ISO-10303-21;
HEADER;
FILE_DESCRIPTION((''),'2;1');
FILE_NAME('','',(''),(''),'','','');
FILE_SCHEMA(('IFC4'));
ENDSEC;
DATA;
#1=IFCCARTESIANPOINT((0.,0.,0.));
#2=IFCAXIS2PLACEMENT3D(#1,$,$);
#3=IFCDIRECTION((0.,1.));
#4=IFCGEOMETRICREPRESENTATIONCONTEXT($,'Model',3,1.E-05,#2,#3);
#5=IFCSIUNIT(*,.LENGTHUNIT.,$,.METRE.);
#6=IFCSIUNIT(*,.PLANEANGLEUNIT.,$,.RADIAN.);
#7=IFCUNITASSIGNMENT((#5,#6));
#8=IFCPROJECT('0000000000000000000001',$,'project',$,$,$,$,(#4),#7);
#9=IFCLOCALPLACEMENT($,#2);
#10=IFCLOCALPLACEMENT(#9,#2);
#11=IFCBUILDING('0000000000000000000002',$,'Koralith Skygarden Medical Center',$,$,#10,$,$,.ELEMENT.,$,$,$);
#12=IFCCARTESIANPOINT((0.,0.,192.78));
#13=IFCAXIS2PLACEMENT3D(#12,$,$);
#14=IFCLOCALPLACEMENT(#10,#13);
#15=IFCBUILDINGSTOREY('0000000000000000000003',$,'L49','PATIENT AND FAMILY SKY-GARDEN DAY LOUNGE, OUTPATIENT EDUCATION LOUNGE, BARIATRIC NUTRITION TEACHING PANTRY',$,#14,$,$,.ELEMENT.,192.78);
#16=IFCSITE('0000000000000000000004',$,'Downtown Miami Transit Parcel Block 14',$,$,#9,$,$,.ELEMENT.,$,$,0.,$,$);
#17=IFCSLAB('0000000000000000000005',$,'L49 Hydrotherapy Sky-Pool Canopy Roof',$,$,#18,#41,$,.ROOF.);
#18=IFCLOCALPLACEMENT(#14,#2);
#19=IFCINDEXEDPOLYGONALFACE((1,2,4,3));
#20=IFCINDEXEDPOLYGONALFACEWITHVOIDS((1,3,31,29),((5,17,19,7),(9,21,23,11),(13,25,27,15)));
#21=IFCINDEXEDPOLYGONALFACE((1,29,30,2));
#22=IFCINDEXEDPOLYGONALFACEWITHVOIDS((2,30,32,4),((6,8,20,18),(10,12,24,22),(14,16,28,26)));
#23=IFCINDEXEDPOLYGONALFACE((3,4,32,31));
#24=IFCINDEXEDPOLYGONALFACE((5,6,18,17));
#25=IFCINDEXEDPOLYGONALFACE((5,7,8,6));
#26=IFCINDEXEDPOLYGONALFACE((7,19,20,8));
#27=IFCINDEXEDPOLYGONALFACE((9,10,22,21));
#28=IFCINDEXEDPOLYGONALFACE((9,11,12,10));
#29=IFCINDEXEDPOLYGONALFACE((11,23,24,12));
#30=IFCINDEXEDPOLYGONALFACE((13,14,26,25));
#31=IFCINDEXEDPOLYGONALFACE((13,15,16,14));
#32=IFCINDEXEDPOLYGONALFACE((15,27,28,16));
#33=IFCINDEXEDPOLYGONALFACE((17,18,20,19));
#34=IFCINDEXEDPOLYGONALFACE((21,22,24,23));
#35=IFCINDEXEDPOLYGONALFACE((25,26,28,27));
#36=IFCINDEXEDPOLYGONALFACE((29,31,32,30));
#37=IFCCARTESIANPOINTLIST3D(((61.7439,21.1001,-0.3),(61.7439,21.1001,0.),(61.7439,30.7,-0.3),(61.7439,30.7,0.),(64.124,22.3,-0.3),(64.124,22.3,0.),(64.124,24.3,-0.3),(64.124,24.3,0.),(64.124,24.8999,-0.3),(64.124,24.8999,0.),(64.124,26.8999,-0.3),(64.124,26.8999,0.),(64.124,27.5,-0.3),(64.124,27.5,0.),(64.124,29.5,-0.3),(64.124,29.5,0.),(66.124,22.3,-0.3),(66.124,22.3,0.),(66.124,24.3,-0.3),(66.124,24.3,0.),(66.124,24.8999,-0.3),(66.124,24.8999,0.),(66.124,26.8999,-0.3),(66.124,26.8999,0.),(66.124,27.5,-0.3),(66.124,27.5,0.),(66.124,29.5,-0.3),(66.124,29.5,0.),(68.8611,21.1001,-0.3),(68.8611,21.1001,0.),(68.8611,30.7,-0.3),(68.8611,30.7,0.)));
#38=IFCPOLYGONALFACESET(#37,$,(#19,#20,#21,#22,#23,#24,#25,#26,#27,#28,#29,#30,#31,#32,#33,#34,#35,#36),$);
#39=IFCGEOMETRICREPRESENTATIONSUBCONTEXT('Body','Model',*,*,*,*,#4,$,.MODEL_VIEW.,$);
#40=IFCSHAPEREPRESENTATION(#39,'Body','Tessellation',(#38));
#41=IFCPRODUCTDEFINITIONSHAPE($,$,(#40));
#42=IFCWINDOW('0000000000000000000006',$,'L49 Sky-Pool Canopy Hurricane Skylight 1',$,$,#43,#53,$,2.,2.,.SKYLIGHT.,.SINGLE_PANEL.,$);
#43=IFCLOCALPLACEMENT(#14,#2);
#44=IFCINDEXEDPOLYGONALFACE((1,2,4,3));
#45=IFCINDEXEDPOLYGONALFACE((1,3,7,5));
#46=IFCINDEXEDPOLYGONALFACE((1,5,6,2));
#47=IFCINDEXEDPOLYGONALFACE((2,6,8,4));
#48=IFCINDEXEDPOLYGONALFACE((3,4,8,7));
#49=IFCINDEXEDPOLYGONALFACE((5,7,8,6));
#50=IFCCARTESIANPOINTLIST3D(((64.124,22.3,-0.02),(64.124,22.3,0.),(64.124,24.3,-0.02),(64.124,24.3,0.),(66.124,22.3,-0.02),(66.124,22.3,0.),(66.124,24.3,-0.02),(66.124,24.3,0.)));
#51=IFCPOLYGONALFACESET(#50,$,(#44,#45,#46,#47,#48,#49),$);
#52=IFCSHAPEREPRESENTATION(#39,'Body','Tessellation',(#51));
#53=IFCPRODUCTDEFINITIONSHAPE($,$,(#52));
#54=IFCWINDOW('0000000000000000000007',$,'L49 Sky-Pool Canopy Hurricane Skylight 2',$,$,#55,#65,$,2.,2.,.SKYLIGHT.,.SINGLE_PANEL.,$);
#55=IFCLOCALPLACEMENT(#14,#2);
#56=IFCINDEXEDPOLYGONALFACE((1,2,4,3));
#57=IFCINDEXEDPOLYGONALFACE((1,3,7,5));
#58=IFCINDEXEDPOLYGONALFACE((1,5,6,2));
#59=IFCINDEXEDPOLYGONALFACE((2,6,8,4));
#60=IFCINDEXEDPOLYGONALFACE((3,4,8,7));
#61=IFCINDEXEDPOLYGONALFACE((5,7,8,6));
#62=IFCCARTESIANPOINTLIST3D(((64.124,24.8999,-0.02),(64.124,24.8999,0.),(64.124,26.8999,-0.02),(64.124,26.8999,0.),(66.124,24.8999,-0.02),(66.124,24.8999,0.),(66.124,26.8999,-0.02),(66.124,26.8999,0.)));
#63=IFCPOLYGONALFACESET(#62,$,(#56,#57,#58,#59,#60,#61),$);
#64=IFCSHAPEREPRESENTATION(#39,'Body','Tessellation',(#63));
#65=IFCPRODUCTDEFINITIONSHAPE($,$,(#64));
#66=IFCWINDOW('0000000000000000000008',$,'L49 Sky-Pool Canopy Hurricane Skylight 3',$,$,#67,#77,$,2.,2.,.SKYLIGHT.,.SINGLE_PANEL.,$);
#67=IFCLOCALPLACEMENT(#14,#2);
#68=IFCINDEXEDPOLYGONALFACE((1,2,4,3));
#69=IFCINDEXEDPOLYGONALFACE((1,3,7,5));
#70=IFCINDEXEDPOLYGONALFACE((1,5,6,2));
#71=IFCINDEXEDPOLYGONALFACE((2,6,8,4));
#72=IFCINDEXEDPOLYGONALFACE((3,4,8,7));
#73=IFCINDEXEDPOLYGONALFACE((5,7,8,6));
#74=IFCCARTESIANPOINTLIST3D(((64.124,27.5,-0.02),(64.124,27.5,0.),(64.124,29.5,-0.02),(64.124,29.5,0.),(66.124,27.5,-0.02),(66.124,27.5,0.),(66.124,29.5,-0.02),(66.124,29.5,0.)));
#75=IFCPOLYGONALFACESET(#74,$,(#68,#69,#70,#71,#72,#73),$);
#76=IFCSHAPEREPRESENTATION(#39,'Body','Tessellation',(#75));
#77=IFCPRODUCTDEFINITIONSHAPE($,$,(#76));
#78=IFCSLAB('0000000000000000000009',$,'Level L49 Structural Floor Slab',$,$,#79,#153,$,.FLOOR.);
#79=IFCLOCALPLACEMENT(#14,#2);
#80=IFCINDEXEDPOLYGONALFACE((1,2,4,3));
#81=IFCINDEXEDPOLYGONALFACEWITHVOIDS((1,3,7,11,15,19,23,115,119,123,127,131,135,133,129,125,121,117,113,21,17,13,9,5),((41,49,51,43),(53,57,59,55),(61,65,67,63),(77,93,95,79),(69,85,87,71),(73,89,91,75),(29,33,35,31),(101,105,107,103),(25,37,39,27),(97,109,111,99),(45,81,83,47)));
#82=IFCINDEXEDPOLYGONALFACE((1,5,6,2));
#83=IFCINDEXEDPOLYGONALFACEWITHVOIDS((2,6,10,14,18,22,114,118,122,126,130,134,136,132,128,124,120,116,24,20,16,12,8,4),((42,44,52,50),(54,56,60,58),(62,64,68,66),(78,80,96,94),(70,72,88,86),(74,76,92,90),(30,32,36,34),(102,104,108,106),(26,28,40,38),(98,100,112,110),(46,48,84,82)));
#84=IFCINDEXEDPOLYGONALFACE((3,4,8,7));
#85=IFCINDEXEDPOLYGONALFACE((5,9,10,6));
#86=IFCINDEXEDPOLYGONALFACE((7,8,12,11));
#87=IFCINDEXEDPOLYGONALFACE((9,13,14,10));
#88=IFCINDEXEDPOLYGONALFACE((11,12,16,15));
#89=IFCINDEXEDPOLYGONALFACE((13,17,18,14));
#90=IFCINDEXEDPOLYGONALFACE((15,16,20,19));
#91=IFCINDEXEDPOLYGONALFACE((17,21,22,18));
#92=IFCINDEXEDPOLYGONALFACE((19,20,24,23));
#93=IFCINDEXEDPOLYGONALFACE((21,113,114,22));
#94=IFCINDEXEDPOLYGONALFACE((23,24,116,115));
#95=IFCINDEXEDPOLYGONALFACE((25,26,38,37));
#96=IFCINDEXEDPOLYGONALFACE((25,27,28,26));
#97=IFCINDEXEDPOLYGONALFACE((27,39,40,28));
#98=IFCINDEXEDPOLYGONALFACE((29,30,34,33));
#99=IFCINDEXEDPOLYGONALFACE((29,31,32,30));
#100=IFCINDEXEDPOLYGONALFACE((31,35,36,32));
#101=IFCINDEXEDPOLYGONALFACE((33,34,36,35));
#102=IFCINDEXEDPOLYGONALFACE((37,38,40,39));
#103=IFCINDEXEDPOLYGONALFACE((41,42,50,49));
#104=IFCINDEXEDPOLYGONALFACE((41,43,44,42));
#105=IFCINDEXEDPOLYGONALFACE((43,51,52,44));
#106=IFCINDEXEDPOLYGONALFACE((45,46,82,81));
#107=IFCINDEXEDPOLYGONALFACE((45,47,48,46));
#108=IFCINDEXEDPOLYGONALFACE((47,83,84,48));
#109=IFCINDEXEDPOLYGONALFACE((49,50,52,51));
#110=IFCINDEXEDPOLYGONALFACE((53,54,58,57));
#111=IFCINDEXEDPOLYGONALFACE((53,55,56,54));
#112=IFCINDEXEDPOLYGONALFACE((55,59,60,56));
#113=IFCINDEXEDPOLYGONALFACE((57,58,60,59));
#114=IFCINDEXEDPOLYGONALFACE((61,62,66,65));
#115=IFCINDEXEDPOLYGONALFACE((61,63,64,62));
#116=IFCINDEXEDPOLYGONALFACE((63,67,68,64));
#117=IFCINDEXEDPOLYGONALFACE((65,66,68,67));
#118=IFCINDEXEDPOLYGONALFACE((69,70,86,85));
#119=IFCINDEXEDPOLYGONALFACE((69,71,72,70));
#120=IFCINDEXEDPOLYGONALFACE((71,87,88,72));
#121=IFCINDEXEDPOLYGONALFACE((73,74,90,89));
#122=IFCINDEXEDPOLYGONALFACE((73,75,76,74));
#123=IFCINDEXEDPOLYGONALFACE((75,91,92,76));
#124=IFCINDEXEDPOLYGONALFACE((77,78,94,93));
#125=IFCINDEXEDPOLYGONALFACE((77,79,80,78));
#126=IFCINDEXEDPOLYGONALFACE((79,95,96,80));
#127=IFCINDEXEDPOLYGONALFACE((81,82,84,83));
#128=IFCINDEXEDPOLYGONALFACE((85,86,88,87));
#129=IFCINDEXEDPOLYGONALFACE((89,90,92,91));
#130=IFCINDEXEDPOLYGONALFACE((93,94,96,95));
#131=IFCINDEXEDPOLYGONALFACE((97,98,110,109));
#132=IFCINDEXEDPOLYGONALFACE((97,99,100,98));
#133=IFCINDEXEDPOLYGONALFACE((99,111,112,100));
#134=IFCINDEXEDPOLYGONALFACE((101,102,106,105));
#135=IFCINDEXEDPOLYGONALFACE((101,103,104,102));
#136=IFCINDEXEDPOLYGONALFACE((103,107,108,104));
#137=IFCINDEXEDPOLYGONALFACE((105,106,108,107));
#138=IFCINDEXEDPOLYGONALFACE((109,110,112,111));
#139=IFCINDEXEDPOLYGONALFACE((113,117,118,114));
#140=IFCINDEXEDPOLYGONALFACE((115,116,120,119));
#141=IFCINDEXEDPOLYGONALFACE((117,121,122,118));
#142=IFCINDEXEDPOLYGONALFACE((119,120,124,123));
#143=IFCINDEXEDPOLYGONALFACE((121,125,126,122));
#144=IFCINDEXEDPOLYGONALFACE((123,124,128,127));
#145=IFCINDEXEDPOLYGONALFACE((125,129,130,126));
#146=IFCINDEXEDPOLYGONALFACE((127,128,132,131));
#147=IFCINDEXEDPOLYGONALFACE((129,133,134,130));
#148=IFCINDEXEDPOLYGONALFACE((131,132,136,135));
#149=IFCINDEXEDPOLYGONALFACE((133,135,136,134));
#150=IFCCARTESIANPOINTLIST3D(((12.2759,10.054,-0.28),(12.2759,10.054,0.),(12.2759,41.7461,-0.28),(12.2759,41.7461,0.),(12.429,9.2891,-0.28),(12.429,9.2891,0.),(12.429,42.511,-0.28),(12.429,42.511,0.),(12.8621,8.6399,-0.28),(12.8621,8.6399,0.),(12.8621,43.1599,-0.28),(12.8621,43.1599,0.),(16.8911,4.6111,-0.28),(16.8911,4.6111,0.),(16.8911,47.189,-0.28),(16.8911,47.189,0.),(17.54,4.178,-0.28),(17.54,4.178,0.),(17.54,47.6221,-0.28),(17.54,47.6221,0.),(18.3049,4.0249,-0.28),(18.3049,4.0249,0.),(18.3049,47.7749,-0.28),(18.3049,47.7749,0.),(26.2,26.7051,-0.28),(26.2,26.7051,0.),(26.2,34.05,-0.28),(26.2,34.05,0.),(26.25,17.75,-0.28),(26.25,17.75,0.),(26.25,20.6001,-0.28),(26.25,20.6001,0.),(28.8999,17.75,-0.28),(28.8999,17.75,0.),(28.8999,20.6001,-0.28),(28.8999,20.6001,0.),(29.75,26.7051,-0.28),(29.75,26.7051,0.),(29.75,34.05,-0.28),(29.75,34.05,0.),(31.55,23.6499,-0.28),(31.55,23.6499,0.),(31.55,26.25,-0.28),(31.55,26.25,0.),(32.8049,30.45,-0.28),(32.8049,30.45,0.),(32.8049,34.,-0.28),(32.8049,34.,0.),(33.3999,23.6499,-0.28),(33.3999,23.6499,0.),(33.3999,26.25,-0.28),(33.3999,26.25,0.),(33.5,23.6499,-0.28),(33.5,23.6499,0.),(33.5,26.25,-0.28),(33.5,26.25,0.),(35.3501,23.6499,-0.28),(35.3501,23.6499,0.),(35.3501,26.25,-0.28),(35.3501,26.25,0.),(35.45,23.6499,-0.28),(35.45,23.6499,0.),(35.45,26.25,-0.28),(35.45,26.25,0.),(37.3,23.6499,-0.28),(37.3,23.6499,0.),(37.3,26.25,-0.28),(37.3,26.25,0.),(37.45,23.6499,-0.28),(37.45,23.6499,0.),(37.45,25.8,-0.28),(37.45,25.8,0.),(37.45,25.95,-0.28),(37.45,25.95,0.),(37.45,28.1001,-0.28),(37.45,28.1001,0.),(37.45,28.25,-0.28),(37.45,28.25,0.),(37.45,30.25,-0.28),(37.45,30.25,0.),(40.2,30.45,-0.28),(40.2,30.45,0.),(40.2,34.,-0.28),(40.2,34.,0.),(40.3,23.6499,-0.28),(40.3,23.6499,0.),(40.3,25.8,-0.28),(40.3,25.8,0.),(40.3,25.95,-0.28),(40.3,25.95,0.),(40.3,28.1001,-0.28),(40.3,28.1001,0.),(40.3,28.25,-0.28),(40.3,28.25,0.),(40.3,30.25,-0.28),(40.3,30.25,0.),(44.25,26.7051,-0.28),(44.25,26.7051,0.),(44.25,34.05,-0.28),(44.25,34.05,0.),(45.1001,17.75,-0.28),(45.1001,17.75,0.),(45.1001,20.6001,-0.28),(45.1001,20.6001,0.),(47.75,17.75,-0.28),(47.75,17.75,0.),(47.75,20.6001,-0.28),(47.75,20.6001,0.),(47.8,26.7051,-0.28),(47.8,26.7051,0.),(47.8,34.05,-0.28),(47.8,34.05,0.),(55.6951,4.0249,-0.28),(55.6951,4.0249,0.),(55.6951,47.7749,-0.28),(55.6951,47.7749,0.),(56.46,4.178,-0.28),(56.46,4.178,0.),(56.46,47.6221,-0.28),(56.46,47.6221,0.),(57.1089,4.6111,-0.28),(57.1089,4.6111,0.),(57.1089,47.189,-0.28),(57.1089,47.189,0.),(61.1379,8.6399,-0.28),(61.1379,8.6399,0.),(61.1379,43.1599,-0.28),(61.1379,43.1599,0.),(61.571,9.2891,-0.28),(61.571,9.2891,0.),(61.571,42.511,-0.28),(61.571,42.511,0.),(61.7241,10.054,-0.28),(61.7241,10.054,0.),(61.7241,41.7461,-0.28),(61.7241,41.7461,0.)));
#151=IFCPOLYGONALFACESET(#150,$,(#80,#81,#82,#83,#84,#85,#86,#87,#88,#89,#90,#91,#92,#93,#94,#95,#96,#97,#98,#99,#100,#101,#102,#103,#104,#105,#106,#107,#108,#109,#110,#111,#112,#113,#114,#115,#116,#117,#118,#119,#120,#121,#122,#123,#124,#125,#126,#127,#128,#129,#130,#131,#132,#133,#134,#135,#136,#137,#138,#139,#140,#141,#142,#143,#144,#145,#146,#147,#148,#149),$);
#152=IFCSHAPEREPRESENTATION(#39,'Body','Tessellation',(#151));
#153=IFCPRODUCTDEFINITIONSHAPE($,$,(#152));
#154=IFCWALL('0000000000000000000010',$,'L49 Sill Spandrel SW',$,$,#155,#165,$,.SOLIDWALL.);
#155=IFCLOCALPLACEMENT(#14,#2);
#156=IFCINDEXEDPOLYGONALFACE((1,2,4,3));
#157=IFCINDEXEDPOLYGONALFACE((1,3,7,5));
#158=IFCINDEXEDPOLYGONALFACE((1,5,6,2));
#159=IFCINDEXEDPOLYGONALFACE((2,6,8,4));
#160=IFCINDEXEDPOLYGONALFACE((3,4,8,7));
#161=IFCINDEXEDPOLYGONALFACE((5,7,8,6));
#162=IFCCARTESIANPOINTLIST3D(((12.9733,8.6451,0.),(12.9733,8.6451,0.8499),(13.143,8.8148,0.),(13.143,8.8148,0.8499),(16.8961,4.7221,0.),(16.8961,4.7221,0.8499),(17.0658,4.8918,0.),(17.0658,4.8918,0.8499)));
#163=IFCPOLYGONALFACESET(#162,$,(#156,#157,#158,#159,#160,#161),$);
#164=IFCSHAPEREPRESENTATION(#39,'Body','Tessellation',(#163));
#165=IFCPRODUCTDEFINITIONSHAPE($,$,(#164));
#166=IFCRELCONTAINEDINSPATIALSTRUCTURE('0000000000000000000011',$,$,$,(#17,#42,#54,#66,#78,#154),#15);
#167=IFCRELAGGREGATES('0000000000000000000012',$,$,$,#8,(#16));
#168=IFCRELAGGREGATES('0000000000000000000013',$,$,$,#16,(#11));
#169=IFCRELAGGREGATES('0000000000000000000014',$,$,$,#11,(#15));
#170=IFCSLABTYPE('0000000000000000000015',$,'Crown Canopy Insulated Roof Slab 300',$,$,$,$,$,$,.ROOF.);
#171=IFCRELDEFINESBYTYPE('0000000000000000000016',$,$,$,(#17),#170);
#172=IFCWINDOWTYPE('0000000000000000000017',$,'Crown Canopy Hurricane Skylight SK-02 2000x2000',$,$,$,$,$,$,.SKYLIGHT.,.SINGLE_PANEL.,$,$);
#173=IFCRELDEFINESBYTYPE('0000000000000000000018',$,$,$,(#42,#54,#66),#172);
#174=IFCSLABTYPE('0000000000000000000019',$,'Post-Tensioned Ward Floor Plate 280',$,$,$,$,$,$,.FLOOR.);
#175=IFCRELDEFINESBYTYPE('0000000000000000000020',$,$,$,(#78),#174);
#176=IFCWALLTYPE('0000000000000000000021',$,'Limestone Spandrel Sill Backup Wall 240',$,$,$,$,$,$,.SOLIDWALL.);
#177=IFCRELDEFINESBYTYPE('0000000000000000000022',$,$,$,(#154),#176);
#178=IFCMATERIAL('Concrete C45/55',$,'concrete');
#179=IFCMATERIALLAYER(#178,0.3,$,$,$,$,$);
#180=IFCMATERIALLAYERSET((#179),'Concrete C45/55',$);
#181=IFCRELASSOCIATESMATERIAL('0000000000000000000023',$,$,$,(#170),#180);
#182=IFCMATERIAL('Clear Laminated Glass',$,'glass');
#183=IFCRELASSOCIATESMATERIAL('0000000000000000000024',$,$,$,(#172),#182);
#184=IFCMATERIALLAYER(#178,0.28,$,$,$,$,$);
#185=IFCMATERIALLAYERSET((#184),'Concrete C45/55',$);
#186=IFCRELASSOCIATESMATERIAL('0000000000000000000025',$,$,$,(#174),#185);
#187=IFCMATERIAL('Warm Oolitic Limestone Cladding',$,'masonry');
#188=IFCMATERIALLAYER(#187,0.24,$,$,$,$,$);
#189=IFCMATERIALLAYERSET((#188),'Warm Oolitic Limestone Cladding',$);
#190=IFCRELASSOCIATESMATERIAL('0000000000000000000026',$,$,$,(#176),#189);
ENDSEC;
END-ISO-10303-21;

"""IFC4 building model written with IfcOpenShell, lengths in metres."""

from ifc_helpers import new_model, si_unit, direction, frame, frame_2d, origin, origin_2d, place, context, subcontext, project, spatial, polyline, rectangle, outline, extrude, material, layer, layer_set, type_object, element, fill, save


model = new_model("IFC4")

# Units and contexts
model_context = context("Model", 3, precision=1e-05, world=origin(), true_north=direction((0.0, 1.0)))
body_context = subcontext(model_context, "Body", "Model", "MODEL_VIEW")
ifc_project = project(units=[si_unit("LENGTHUNIT", "METRE"), si_unit("PLANEANGLEUNIT", "RADIAN")], contexts=[model_context])

# Site, building, storey
site_placement = place(None, origin())
site = spatial("IfcSite", under=ifc_project, at=site_placement, Name="Downtown Miami Transit Parcel Block 14", CompositionType="ELEMENT", RefElevation=0.0)
building_placement = place(site_placement, origin())
building = spatial("IfcBuilding", under=site, at=building_placement, Name="Koralith Skygarden Medical Center", CompositionType="ELEMENT")
storey_placement = place(building_placement, frame((0.0, 0.0, 192.78)))
storey = spatial("IfcBuildingStorey", under=building, at=storey_placement, Name="L49", Description="PATIENT AND FAMILY SKY-GARDEN DAY LOUNGE, OUTPATIENT EDUCATION LOUNGE, BARIATRIC NUTRITION TEACHING PANTRY", CompositionType="ELEMENT", Elevation=192.78)

# Shared definitions
ifc_material_1 = material(Name="Clear Laminated Glass", Category="glass")

# Shared definitions
ifc_material_2 = material(Name="Concrete C45/55", Category="concrete")

# Slab, openings, windows
ifc_layer_1 = layer(ifc_material_2, 0.3)
ifc_layer_set_1 = layer_set([ifc_layer_1], Name="Concrete C45/55")
slab_type_1 = type_object("IfcSlabType", Name="Crown Canopy Insulated Roof Slab 300", PredefinedType="ROOF", material=ifc_layer_set_1)
slab_1_placement = place(storey_placement, frame((0.0, 0.0, -0.3)))
slab_1 = element("IfcSlab", 1, at=slab_1_placement, inside=storey, type_object=slab_type_1, Name="L49 Hydrotherapy Sky-Pool Canopy Roof", PredefinedType="ROOF", context=body_context, shape_type="SweptSolid", body=[
    extrude(outline(polyline([(61.7439, 21.1001), (68.8611, 21.1001), (68.8611, 30.7), (61.7439, 30.7), (61.7439, 21.1001)])), origin(), (0.0, 0.0, 1.0), 0.3),
])
opening_1_placement = place(slab_1_placement, frame((65.124, 23.3, -0.01)))
opening_1 = element("IfcOpeningElement", 2, at=opening_1_placement, cuts=slab_1, PredefinedType="OPENING", context=body_context, shape_type="SweptSolid", body=[
    extrude(rectangle(XDim=2.0, YDim=2.0, at=origin_2d()), origin(), (0.0, 0.0, 1.0), 0.3201),
])
opening_2_placement = place(slab_1_placement, frame((65.124, 25.8999, -0.01)))
opening_2 = element("IfcOpeningElement", 3, at=opening_2_placement, cuts=slab_1, PredefinedType="OPENING", context=body_context, shape_type="SweptSolid", body=[
    extrude(rectangle(XDim=2.0, YDim=2.0, at=origin_2d()), origin(), (0.0, 0.0, 1.0), 0.3201),
])
opening_3_placement = place(slab_1_placement, frame((65.124, 28.5, -0.01)))
opening_3 = element("IfcOpeningElement", 4, at=opening_3_placement, cuts=slab_1, PredefinedType="OPENING", context=body_context, shape_type="SweptSolid", body=[
    extrude(rectangle(XDim=2.0, YDim=2.0, at=origin_2d()), origin(), (0.0, 0.0, 1.0), 0.3201),
])
window_type = type_object("IfcWindowType", Name="Crown Canopy Hurricane Skylight SK-02 2000x2000", PartitioningType="SINGLE_PANEL", PredefinedType="SKYLIGHT", material=ifc_material_1)
window_1_placement = place(opening_1_placement, frame((0.0, 0.0, 0.29)))
window_1 = element("IfcWindow", 5, at=window_1_placement, inside=storey, type_object=window_type, Name="L49 Sky-Pool Canopy Hurricane Skylight 1", OverallHeight=2.0, OverallWidth=2.0, PartitioningType="SINGLE_PANEL", PredefinedType="SKYLIGHT", context=body_context, shape_type="SweptSolid", body=[
    extrude(rectangle(XDim=2.0, YDim=2.0, at=origin_2d()), origin(), (0.0, 0.0, 1.0), 0.02),
])
fill(opening_1, window_1)
window_2_placement = place(opening_2_placement, frame((0.0, 0.0, 0.29)))
window_2 = element("IfcWindow", 6, at=window_2_placement, inside=storey, type_object=window_type, Name="L49 Sky-Pool Canopy Hurricane Skylight 2", OverallHeight=2.0, OverallWidth=2.0, PartitioningType="SINGLE_PANEL", PredefinedType="SKYLIGHT", context=body_context, shape_type="SweptSolid", body=[
    extrude(rectangle(XDim=2.0, YDim=2.0, at=origin_2d()), origin(), (0.0, 0.0, 1.0), 0.02),
])
fill(opening_2, window_2)
window_3_placement = place(opening_3_placement, frame((0.0, 0.0, 0.29)))
window_3 = element("IfcWindow", 7, at=window_3_placement, inside=storey, type_object=window_type, Name="L49 Sky-Pool Canopy Hurricane Skylight 3", OverallHeight=2.0, OverallWidth=2.0, PartitioningType="SINGLE_PANEL", PredefinedType="SKYLIGHT", context=body_context, shape_type="SweptSolid", body=[
    extrude(rectangle(XDim=2.0, YDim=2.0, at=origin_2d()), origin(), (0.0, 0.0, 1.0), 0.02),
])
fill(opening_3, window_3)

# Slab
ifc_layer_2 = layer(ifc_material_2, 0.28)
ifc_layer_set_2 = layer_set([ifc_layer_2], Name="Concrete C45/55")
slab_type_2 = type_object("IfcSlabType", Name="Post-Tensioned Ward Floor Plate 280", PredefinedType="FLOOR", material=ifc_layer_set_2)
slab_2_placement = place(storey_placement, frame((0.0, 0.0, -0.28)))
element("IfcSlab", 8, at=slab_2_placement, inside=storey, type_object=slab_type_2, Name="Level L49 Structural Floor Slab", PredefinedType="FLOOR", context=body_context, shape_type="SweptSolid", body=[
    extrude(outline(polyline([(16.8911, 4.6111), (17.54, 4.178), (18.3049, 4.0249), (55.6951, 4.0249), (56.46, 4.178), (57.1089, 4.6111), (61.1379, 8.6399), (61.571, 9.2891), (61.7241, 10.054), (61.7241, 41.7461), (61.571, 42.511), (61.1379, 43.1599), (57.1089, 47.189), (56.46, 47.6221), (55.6951, 47.7749), (18.3049, 47.7749), (17.54, 47.6221), (16.8911, 47.189), (12.8621, 43.1599), (12.429, 42.511), (12.2759, 41.7461), (12.2759, 10.054), (12.429, 9.2891), (12.8621, 8.6399), (16.8911, 4.6111)]), holes=[polyline([(26.2, 26.7051), (29.75, 26.7051), (29.75, 34.05), (26.2, 34.05), (26.2, 26.7051)]), polyline([(44.25, 26.7051), (47.8, 26.7051), (47.8, 34.05), (44.25, 34.05), (44.25, 26.7051)]), polyline([(32.8049, 30.45), (40.2, 30.45), (40.2, 34.0), (32.8049, 34.0), (32.8049, 30.45)]), polyline([(26.25, 17.75), (28.8999, 17.75), (28.8999, 20.6001), (26.25, 20.6001), (26.25, 17.75)]), polyline([(45.1001, 17.75), (47.75, 17.75), (47.75, 20.6001), (45.1001, 20.6001), (45.1001, 17.75)]), polyline([(31.55, 23.6499), (33.3999, 23.6499), (33.3999, 26.25), (31.55, 26.25), (31.55, 23.6499)]), polyline([(33.5, 23.6499), (35.3501, 23.6499), (35.3501, 26.25), (33.5, 26.25), (33.5, 23.6499)]), polyline([(35.45, 23.6499), (37.3, 23.6499), (37.3, 26.25), (35.45, 26.25), (35.45, 23.6499)]), polyline([(37.45, 23.6499), (40.3, 23.6499), (40.3, 25.8), (37.45, 25.8), (37.45, 23.6499)]), polyline([(37.45, 25.95), (40.3, 25.95), (40.3, 28.1001), (37.45, 28.1001), (37.45, 25.95)]), polyline([(37.45, 28.25), (40.3, 28.25), (40.3, 30.25), (37.45, 30.25), (37.45, 28.25)])]), origin(), (0.0, 0.0, 1.0), 0.28),
])

# Wall
ifc_material_3 = material(Name="Warm Oolitic Limestone Cladding", Category="masonry")
ifc_layer_3 = layer(ifc_material_3, 0.24)
ifc_layer_set_3 = layer_set([ifc_layer_3], Name="Warm Oolitic Limestone Cladding")
wall_type = type_object("IfcWallType", Name="Limestone Spandrel Sill Backup Wall 240", PredefinedType="SOLIDWALL", material=ifc_layer_set_3)
wall_placement = place(storey_placement, frame((13.0581, 8.73, 0.0), z_axis=(0.0, 0.0, 1.0), x_axis=(0.707085, -0.707129, 0.0)))
element("IfcWall", 9, at=wall_placement, inside=storey, type_object=wall_type, Name="L49 Sill Spandrel SW", PredefinedType="SOLIDWALL", context=body_context, shape_type="SweptSolid", body=[
    extrude(rectangle(XDim=5.5479, YDim=0.24, at=frame_2d((2.7739, 0.0))), origin(), (0.0, 0.0, 1.0), 0.8499),
])

save(model, "model.ifc")
